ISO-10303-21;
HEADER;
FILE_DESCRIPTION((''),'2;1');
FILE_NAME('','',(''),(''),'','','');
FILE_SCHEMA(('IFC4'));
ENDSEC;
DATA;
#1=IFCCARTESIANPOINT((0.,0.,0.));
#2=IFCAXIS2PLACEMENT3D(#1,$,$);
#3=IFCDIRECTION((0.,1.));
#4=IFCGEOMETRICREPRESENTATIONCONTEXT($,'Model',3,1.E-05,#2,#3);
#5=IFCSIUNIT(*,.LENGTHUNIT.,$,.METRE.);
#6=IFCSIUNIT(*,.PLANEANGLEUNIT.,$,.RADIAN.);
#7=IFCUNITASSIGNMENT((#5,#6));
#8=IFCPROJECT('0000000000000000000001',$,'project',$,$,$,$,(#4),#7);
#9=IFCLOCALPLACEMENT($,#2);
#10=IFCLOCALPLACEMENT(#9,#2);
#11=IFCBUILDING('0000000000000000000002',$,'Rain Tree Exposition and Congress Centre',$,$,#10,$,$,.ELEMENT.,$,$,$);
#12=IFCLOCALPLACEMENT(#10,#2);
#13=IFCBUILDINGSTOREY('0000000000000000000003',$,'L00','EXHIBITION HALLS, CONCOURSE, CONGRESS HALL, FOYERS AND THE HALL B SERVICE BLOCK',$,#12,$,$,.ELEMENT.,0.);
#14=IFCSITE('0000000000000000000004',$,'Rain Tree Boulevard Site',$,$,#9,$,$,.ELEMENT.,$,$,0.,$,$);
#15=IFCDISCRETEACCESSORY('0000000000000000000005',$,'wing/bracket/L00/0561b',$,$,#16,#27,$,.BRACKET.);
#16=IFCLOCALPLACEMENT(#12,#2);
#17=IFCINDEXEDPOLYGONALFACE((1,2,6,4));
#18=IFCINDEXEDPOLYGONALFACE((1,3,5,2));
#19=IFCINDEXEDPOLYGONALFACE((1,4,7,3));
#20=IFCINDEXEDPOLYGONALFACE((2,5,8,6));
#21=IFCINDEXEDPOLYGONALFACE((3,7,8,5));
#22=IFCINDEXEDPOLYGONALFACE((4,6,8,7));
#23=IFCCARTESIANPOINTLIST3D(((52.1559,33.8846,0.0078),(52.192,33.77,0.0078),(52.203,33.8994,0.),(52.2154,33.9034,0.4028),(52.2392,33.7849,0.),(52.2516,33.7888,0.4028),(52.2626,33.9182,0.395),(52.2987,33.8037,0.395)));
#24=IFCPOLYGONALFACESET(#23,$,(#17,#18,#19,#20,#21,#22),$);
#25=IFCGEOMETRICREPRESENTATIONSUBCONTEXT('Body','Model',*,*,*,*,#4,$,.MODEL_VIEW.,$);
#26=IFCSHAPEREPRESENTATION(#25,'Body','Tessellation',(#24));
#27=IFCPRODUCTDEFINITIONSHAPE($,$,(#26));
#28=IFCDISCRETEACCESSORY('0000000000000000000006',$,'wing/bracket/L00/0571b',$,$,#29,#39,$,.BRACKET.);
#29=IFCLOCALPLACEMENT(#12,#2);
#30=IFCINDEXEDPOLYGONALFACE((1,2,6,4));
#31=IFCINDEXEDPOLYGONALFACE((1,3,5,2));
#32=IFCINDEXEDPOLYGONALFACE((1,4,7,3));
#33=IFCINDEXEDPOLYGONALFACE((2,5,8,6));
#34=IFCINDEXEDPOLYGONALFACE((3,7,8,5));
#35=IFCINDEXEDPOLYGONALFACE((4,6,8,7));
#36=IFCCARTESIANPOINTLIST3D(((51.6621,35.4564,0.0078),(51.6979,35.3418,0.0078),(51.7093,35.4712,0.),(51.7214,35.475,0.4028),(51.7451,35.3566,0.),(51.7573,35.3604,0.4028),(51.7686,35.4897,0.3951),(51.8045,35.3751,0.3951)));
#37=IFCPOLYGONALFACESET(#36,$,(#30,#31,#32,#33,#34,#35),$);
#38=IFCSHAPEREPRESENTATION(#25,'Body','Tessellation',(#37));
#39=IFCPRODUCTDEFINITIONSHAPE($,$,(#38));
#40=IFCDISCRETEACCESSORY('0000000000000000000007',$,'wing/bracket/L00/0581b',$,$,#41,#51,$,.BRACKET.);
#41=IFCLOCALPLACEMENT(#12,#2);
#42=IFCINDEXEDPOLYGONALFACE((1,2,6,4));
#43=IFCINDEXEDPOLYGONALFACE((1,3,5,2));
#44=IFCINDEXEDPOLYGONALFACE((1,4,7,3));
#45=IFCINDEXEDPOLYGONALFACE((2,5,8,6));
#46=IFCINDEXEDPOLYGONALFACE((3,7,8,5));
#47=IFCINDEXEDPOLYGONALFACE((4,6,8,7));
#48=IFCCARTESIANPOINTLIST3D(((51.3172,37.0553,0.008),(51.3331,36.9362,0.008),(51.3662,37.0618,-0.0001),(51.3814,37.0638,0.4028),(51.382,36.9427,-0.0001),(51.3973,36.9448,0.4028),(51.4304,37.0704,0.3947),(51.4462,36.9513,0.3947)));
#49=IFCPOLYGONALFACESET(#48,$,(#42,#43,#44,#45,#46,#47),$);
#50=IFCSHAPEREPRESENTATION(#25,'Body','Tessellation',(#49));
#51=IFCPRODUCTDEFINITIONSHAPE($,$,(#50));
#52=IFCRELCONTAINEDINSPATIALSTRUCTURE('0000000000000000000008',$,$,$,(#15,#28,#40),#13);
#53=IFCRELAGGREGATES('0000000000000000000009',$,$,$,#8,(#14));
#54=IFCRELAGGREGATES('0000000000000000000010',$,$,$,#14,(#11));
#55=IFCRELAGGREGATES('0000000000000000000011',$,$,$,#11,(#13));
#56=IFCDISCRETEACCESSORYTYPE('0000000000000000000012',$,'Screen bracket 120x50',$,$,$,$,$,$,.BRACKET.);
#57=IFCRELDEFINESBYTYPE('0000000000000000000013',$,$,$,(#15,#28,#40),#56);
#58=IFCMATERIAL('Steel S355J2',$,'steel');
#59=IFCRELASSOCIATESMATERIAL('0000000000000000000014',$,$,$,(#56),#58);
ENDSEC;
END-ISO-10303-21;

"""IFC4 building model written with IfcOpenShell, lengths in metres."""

from ifc_helpers import new_model, si_unit, direction, frame, origin, origin_2d, place, context, subcontext, project, spatial, rectangle, extrude, material, material_profile, profile_set, type_object, element, save


model = new_model("IFC4")

# Units and contexts
model_context = context("Model", 3, precision=1e-05, world=origin(), true_north=direction((0.0, 1.0)))
body_context = subcontext(model_context, "Body", "Model", "MODEL_VIEW")
ifc_project = project(units=[si_unit("LENGTHUNIT", "METRE"), si_unit("PLANEANGLEUNIT", "RADIAN")], contexts=[model_context])

# Site, building, storey
site_placement = place(None, origin())
site = spatial("IfcSite", under=ifc_project, at=site_placement, Name="Rain Tree Boulevard Site", CompositionType="ELEMENT", RefElevation=0.0)
building_placement = place(site_placement, origin())
building = spatial("IfcBuilding", under=site, at=building_placement, Name="Rain Tree Exposition and Congress Centre", CompositionType="ELEMENT")
storey_placement = place(building_placement, origin())
storey = spatial("IfcBuildingStorey", under=building, at=storey_placement, Name="L00", Description="EXHIBITION HALLS, CONCOURSE, CONGRESS HALL, FOYERS AND THE HALL B SERVICE BLOCK", CompositionType="ELEMENT", Elevation=0.0)

# Discrete accessories
ifc_material_1 = material(Name="Steel S355J2", Category="steel")
ifc_material_profile_1 = material_profile(ifc_material_1, rectangle(XDim=0.1201, YDim=0.05, at=origin_2d()), Name="Flat bar 120x50")
ifc_profile_set_1 = profile_set([ifc_material_profile_1], Name="Steel S355J2")
discrete_accessory_type = type_object("IfcDiscreteAccessoryType", Name="Screen bracket 120x50", PredefinedType="BRACKET", material=ifc_profile_set_1)
for number, where, z_axis, x_axis, name in (
    (1, (52.1975, 33.8347, 0.0039), (0.148953, 0.047006, 0.987726), (-0.300944, 0.953642, 0.0), "wing/bracket/L00/0561b"),
    (2, (51.7036, 35.4065, 0.0039), (0.14836, 0.046401, 0.987844), (-0.298499, 0.95441, 0.0), "wing/bracket/L00/0571b"),
):
    element("IfcDiscreteAccessory", number, at=place(storey_placement, frame(where, z_axis=z_axis, x_axis=x_axis)), inside=storey, type_object=discrete_accessory_type, Name=name, PredefinedType="BRACKET", context=body_context, shape_type="SweptSolid", body=[
        extrude(rectangle(XDim=0.1201, YDim=0.05, at=origin_2d()), origin(), (0.0, 0.0, 1.0), 0.3999),
    ])
discrete_accessory_placement = place(storey_placement, frame((51.3496, 36.999, 0.0039), z_axis=(0.160501, 0.021359, 0.986805), x_axis=(-0.131917, 0.991261, 0.0)))
element("IfcDiscreteAccessory", 3, at=discrete_accessory_placement, inside=storey, type_object=discrete_accessory_type, Name="wing/bracket/L00/0581b", PredefinedType="BRACKET", context=body_context, shape_type="SweptSolid", body=[
    extrude(rectangle(XDim=0.1201, YDim=0.05, at=origin_2d()), origin(), (0.0, 0.0, 1.0), 0.4001),
])

save(model, "model.ifc")
